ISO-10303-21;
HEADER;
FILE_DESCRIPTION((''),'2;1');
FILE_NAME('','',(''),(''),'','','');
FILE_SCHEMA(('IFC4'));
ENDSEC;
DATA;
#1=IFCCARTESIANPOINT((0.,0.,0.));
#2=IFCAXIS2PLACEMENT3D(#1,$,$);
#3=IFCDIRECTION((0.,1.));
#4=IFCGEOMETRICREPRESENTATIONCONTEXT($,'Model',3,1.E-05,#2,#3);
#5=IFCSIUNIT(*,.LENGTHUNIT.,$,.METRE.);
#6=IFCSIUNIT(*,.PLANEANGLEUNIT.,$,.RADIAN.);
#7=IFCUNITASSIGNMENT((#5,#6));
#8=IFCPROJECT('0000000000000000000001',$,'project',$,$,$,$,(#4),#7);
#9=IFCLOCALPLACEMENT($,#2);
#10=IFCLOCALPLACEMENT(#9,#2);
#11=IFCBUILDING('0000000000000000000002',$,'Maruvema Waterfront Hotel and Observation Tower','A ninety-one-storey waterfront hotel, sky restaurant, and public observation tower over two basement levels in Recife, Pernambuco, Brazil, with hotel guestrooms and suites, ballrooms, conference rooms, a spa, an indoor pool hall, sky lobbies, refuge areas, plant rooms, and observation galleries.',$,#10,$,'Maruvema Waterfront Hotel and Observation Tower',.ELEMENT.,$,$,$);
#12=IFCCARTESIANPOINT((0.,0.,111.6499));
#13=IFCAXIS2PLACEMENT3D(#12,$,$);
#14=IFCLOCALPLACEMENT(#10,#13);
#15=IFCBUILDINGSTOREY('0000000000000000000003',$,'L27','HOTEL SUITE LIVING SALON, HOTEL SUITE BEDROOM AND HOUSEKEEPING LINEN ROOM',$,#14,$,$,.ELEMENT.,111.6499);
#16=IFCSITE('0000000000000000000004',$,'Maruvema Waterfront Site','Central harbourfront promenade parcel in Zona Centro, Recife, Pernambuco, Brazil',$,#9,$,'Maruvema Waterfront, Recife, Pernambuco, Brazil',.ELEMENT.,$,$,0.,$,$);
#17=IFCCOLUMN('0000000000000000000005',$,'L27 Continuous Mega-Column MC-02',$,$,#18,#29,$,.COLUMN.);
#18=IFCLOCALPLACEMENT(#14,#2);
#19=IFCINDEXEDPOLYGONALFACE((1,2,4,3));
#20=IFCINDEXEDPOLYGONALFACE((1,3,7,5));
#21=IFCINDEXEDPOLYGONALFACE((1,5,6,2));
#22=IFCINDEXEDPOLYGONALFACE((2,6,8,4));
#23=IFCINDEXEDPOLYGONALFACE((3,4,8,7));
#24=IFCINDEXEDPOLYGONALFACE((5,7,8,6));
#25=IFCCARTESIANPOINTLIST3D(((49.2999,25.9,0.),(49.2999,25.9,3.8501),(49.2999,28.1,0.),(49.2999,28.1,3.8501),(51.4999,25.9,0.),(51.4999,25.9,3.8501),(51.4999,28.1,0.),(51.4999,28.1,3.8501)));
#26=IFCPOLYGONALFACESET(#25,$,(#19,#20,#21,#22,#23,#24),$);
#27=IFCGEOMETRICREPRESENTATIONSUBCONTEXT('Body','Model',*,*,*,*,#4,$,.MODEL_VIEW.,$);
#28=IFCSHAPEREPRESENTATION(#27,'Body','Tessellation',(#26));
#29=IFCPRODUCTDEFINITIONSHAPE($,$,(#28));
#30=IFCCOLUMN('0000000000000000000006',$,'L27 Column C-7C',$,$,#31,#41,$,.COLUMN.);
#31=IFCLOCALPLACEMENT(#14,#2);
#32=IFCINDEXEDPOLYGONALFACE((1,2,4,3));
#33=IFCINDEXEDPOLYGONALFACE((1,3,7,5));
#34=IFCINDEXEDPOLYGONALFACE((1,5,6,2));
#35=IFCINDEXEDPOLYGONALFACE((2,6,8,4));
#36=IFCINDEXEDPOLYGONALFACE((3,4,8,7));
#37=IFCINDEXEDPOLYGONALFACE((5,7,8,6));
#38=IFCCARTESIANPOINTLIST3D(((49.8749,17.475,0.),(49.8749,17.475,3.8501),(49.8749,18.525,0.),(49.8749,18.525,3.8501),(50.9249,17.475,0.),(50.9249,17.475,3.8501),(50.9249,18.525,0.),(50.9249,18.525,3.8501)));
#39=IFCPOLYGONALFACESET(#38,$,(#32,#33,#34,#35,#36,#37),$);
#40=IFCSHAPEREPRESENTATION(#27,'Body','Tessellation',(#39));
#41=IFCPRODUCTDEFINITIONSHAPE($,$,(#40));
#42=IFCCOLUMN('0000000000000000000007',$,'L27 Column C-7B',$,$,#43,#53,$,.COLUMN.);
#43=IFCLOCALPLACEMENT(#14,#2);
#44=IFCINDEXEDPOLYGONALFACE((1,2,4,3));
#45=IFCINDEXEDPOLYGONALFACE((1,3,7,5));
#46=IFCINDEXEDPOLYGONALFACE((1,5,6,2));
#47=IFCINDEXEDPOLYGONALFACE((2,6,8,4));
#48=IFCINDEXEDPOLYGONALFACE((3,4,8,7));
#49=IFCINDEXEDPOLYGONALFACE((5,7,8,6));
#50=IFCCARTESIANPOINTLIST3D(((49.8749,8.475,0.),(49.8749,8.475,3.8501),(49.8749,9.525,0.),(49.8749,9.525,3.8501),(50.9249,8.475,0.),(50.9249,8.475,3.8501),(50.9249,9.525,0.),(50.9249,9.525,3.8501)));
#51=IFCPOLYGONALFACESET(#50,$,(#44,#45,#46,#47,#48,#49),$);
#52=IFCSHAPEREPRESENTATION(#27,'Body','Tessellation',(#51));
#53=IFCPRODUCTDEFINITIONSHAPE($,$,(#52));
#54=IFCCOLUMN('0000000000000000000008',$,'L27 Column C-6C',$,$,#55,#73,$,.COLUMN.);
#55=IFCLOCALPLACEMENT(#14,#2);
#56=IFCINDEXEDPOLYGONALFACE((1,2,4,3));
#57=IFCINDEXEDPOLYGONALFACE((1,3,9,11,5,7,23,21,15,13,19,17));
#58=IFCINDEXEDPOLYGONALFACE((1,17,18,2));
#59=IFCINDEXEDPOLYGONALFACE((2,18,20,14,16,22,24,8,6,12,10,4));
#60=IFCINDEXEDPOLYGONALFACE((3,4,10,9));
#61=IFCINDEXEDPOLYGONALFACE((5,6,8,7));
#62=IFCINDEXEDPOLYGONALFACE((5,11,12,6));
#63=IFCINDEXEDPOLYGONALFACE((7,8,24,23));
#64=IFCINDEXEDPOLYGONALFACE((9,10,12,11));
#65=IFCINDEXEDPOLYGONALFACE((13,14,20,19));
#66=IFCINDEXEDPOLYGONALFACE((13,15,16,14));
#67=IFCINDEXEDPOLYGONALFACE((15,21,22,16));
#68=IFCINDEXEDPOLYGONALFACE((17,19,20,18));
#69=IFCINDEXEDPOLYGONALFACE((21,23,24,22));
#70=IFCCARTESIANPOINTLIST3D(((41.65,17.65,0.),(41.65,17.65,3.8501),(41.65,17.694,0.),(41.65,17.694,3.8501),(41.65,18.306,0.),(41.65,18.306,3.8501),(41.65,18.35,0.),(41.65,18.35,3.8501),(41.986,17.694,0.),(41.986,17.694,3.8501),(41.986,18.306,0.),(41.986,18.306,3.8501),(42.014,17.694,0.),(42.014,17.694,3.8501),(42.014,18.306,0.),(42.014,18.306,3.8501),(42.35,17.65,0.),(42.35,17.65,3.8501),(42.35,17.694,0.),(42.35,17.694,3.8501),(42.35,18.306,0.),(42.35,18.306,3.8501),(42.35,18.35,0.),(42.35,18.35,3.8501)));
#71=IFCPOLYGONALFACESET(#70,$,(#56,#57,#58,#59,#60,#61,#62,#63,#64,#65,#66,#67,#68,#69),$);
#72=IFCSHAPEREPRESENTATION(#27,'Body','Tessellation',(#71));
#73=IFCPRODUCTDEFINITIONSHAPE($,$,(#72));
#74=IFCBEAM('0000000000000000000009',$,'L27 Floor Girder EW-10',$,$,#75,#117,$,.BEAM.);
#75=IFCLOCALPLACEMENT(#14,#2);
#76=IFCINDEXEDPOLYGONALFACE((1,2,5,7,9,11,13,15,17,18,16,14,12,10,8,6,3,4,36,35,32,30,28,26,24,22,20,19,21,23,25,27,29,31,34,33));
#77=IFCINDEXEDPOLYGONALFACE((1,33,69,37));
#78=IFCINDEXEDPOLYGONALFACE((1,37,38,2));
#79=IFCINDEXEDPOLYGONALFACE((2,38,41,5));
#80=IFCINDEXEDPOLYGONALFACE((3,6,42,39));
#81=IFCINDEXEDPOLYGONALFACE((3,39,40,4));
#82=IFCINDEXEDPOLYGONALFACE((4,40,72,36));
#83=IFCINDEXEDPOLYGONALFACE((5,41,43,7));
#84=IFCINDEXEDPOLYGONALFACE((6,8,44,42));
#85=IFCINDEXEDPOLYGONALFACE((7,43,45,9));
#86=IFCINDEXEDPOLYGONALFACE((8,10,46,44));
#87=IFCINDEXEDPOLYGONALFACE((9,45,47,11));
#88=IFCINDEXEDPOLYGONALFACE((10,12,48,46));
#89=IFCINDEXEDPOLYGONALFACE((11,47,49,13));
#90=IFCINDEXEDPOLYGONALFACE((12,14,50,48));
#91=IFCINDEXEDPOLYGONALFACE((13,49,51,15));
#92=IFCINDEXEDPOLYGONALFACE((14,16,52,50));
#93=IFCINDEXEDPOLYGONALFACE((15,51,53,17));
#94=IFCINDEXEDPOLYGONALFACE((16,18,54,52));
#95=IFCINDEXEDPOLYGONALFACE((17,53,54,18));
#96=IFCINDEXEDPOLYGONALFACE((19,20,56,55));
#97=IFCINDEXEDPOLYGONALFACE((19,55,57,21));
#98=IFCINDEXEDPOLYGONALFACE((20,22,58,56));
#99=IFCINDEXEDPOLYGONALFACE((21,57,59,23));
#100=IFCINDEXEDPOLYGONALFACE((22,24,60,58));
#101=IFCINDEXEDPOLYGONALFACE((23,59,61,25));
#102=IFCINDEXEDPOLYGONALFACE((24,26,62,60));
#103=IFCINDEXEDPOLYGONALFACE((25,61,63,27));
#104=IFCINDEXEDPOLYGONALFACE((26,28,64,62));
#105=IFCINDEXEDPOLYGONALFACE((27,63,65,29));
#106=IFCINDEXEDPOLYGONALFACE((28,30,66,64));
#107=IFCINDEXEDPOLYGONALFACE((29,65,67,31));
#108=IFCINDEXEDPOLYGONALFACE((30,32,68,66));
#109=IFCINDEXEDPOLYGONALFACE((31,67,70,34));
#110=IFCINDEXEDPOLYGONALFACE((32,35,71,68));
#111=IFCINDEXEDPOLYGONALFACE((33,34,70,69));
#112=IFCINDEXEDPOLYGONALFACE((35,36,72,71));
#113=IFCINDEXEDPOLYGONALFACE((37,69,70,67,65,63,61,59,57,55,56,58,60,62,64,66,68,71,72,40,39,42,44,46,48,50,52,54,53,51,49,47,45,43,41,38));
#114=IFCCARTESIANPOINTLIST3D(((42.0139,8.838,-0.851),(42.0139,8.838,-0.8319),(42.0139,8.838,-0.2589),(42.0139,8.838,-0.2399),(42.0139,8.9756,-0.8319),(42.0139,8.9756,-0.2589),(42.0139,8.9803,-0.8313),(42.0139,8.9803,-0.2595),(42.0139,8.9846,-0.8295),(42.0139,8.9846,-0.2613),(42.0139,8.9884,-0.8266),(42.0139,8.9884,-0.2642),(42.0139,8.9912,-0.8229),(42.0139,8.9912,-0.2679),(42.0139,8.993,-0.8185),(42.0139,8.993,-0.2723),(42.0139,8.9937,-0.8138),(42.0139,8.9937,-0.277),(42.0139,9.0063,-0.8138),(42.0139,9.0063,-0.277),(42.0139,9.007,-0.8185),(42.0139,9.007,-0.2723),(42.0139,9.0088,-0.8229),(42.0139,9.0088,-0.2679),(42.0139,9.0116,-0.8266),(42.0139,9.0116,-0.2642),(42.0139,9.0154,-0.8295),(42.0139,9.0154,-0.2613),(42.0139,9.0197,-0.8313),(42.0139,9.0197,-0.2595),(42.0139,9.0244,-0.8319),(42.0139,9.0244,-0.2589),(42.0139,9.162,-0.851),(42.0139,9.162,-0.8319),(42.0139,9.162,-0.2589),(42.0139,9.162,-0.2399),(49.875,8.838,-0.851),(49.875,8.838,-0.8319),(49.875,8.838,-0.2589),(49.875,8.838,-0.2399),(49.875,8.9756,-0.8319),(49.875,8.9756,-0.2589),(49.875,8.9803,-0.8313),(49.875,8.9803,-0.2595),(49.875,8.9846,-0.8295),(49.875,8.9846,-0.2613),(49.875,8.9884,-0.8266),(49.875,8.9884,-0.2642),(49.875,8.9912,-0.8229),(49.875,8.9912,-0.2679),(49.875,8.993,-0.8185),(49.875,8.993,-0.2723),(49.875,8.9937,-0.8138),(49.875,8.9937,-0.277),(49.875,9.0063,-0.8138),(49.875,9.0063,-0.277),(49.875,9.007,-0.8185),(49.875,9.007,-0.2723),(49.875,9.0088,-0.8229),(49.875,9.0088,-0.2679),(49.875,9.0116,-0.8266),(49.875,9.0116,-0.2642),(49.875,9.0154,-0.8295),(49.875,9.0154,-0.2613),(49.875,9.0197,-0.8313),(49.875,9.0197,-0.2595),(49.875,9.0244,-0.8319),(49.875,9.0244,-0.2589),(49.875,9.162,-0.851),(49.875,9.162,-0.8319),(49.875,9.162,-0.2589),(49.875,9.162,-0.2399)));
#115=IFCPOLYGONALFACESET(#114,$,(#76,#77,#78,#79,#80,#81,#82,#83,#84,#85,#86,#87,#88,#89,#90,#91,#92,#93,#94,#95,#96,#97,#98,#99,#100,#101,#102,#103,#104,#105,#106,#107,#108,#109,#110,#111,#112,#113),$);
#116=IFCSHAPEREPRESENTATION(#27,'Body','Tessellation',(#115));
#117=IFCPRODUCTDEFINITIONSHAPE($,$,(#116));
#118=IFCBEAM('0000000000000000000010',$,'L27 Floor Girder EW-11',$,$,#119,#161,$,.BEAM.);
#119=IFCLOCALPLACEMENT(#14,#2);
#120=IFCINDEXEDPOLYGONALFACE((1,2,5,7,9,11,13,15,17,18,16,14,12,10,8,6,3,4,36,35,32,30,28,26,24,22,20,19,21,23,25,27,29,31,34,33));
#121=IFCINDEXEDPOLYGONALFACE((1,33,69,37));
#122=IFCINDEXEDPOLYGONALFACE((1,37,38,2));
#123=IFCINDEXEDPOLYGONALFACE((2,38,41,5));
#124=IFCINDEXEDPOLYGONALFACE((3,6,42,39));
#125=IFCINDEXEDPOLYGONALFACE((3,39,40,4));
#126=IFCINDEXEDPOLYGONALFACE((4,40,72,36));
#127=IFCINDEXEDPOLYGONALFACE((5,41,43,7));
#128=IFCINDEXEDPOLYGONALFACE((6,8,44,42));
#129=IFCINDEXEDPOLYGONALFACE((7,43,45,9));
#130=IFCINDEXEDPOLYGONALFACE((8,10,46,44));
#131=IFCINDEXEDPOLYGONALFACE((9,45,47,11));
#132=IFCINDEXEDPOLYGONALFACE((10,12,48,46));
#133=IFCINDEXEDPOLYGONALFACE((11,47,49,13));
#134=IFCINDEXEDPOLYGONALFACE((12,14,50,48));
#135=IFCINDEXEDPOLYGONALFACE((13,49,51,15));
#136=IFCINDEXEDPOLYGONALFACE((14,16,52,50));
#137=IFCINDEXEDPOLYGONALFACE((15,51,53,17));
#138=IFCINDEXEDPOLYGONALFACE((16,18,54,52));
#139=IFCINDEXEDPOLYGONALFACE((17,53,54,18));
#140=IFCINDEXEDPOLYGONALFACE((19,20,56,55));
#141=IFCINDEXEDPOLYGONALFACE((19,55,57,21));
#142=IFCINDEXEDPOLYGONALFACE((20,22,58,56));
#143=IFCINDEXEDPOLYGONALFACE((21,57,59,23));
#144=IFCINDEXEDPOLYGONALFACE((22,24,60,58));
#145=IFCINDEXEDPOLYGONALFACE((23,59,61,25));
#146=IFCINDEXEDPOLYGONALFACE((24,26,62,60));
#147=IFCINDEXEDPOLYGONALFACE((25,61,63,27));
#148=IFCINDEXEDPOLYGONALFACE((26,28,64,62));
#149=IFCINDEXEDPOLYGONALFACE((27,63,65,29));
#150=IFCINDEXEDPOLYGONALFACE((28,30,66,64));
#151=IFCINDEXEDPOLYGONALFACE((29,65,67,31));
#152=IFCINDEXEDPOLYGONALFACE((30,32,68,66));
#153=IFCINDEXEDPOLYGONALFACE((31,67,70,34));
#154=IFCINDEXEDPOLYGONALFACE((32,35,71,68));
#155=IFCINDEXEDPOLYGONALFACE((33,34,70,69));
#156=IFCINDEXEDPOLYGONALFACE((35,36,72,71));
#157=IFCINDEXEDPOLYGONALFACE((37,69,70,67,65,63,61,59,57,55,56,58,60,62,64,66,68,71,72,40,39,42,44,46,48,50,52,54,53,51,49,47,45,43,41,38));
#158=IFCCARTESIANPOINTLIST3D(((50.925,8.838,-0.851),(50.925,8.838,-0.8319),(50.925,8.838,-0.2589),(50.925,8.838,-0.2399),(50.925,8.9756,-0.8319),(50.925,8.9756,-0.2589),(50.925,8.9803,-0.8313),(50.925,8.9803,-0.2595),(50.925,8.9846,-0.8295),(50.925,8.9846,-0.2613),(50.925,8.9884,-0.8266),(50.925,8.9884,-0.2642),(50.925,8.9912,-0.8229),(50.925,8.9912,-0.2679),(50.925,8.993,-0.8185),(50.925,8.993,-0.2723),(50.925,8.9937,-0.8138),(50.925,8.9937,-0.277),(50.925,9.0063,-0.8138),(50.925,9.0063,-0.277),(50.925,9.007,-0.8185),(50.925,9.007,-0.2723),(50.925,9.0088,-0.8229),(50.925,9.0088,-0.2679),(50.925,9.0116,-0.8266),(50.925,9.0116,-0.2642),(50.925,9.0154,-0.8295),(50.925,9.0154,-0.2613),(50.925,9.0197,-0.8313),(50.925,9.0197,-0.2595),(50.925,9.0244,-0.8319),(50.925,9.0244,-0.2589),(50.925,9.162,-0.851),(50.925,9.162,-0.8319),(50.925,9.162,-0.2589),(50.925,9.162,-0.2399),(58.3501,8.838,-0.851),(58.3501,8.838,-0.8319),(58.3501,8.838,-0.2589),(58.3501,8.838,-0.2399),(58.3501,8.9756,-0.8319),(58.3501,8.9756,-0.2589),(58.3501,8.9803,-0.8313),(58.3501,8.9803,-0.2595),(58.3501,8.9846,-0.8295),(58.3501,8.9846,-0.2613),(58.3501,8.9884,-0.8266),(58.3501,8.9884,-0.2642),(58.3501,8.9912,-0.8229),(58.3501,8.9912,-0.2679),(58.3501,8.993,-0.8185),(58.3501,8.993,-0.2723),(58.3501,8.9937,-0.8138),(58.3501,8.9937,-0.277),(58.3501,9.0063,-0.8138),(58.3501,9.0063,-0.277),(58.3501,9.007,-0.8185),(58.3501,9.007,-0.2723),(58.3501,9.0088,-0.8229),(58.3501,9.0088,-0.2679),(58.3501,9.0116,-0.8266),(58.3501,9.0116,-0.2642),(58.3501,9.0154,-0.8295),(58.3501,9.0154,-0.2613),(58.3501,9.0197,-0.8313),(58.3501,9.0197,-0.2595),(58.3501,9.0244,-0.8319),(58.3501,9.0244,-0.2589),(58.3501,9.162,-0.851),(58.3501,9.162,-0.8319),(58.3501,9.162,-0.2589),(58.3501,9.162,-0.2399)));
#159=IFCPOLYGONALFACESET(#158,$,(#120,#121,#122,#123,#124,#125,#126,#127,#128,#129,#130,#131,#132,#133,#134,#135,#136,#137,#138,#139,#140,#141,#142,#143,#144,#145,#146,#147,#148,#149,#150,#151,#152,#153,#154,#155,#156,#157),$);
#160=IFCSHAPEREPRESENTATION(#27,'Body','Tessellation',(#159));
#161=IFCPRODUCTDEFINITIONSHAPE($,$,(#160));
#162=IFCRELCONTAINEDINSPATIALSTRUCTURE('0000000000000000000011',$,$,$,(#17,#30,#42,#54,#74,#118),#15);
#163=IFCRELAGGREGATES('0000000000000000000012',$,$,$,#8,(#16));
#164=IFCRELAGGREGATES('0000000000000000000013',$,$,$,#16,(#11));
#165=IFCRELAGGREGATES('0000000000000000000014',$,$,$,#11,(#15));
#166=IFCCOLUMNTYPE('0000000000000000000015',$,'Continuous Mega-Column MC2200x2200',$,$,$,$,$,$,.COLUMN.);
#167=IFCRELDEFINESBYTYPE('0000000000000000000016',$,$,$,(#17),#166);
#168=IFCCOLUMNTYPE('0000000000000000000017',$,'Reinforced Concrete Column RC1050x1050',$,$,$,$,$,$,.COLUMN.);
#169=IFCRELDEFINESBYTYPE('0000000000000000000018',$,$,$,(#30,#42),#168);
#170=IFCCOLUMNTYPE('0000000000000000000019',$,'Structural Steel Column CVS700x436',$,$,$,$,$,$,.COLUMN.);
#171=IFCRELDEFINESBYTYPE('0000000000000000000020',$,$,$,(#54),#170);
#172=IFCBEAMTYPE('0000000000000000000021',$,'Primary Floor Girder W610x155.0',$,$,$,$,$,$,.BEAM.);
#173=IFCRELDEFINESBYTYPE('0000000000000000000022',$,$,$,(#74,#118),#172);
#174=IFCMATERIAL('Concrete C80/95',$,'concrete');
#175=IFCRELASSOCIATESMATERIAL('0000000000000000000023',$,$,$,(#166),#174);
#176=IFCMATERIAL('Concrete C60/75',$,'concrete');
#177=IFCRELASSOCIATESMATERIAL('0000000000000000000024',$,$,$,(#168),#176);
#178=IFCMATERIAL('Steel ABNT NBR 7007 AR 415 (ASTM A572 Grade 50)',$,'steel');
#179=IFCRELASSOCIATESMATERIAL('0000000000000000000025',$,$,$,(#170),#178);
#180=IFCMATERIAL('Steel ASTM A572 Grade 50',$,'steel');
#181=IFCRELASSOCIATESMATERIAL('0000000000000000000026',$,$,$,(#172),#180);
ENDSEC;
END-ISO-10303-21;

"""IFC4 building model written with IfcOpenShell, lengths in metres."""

from ifc_helpers import new_model, si_unit, direction, frame, origin, origin_2d, place, context, subcontext, project, spatial, rectangle, i_section, extrude, material, material_profile, profile_set, type_object, element, save


model = new_model("IFC4")

# Units and contexts
model_context = context("Model", 3, precision=1e-05, world=origin(), true_north=direction((0.0, 1.0)))
body_context = subcontext(model_context, "Body", "Model", "MODEL_VIEW")
ifc_project = project(units=[si_unit("LENGTHUNIT", "METRE"), si_unit("PLANEANGLEUNIT", "RADIAN")], contexts=[model_context])

# Site, building, storey
site_placement = place(None, origin())
site = spatial("IfcSite", under=ifc_project, at=site_placement, Name="Maruvema Waterfront Site", Description="Central harbourfront promenade parcel in Zona Centro, Recife, Pernambuco, Brazil", LongName="Maruvema Waterfront, Recife, Pernambuco, Brazil", CompositionType="ELEMENT", RefElevation=0.0)
building_placement = place(site_placement, origin())
building = spatial("IfcBuilding", under=site, at=building_placement, Name="Maruvema Waterfront Hotel and Observation Tower", Description="A ninety-one-storey waterfront hotel, sky restaurant, and public observation tower over two basement levels in Recife, Pernambuco, Brazil, with hotel guestrooms and suites, ballrooms, conference rooms, a spa, an indoor pool hall, sky lobbies, refuge areas, plant rooms, and observation galleries.", LongName="Maruvema Waterfront Hotel and Observation Tower", CompositionType="ELEMENT")
storey_placement = place(building_placement, frame((0.0, 0.0, 111.6499)))
storey = spatial("IfcBuildingStorey", under=building, at=storey_placement, Name="L27", Description="HOTEL SUITE LIVING SALON, HOTEL SUITE BEDROOM AND HOUSEKEEPING LINEN ROOM", CompositionType="ELEMENT", Elevation=111.6499)

# Columns
ifc_material_1 = material(Name="Concrete C80/95", Category="concrete")
ifc_material_profile_1 = material_profile(ifc_material_1, rectangle(XDim=2.2, YDim=2.2, at=origin_2d()), Name="MC2200x2200")
ifc_profile_set_1 = profile_set([ifc_material_profile_1], Name="Concrete C80/95")
column_type_1 = type_object("IfcColumnType", Name="Continuous Mega-Column MC2200x2200", PredefinedType="COLUMN", material=ifc_profile_set_1)
column_1_placement = place(storey_placement, frame((50.3999, 27.0, 0.0), z_axis=(0.0, 0.0, 1.0), x_axis=(1.0, 0.0, 0.0)))
element("IfcColumn", 1, at=column_1_placement, inside=storey, type_object=column_type_1, Name="L27 Continuous Mega-Column MC-02", PredefinedType="COLUMN", context=body_context, shape_type="SweptSolid", body=[
    extrude(rectangle(XDim=2.2, YDim=2.2, at=origin_2d()), origin(), (0.0, 0.0, 1.0), 3.8501),
])
ifc_material_2 = material(Name="Concrete C60/75", Category="concrete")
ifc_material_profile_2 = material_profile(ifc_material_2, rectangle(XDim=1.05, YDim=1.05, at=origin_2d()), Name="RC1050x1050")
ifc_profile_set_2 = profile_set([ifc_material_profile_2], Name="Concrete C60/75")
column_type_2 = type_object("IfcColumnType", Name="Reinforced Concrete Column RC1050x1050", PredefinedType="COLUMN", material=ifc_profile_set_2)
for number, where, z_axis, x_axis, name in (
    (2, (50.3999, 18.0, 0.0), (0.0, 0.0, 1.0), (1.0, 0.0, 0.0), "L27 Column C-7C"),
    (3, (50.3999, 9.0, 0.0), (0.0, 0.0, 1.0), (1.0, 0.0, 0.0), "L27 Column C-7B"),
):
    element("IfcColumn", number, at=place(storey_placement, frame(where, z_axis=z_axis, x_axis=x_axis)), inside=storey, type_object=column_type_2, Name=name, PredefinedType="COLUMN", context=body_context, shape_type="SweptSolid", body=[
        extrude(rectangle(XDim=1.05, YDim=1.05, at=origin_2d()), origin(), (0.0, 0.0, 1.0), 3.8501),
    ])
ifc_material_3 = material(Name="Steel ABNT NBR 7007 AR 415 (ASTM A572 Grade 50)", Category="steel")
ifc_material_profile_3 = material_profile(ifc_material_3, i_section(OverallWidth=0.7, OverallDepth=0.7, WebThickness=0.0281, FlangeThickness=0.0439, at=origin_2d()), Name="CVS700x436")
ifc_profile_set_3 = profile_set([ifc_material_profile_3], Name="Steel ABNT NBR 7007 AR 415 (ASTM A572 Grade 50)")
column_type_3 = type_object("IfcColumnType", Name="Structural Steel Column CVS700x436", PredefinedType="COLUMN", material=ifc_profile_set_3)
column_2_placement = place(storey_placement, frame((42.0, 18.0, 0.0), z_axis=(0.0, 0.0, 1.0), x_axis=(1.0, 0.0, 0.0)))
element("IfcColumn", 4, at=column_2_placement, inside=storey, type_object=column_type_3, Name="L27 Column C-6C", PredefinedType="COLUMN", context=body_context, shape_type="SweptSolid", body=[
    extrude(i_section(OverallWidth=0.7, OverallDepth=0.7, WebThickness=0.0281, FlangeThickness=0.0439, at=origin_2d()), origin(), (0.0, 0.0, 1.0), 3.8501),
])

# Beams
ifc_material_4 = material(Name="Steel ASTM A572 Grade 50", Category="steel")
ifc_material_profile_4 = material_profile(ifc_material_4, i_section(OverallWidth=0.324, OverallDepth=0.6111, WebThickness=0.0127, FlangeThickness=0.019, FilletRadius=0.0181, at=origin_2d()), Name="W610x155.0")
ifc_profile_set_4 = profile_set([ifc_material_profile_4], Name="Steel ASTM A572 Grade 50")
beam_type_1 = type_object("IfcBeamType", Name="Primary Floor Girder W610x155.0", PredefinedType="BEAM", material=ifc_profile_set_4)
beam_1_placement = place(storey_placement, frame((42.0139, 9.0, -0.5454), z_axis=(1.0, 0.0, 0.0), x_axis=(0.0, 1.0, 0.0)))
element("IfcBeam", 5, at=beam_1_placement, inside=storey, type_object=beam_type_1, Name="L27 Floor Girder EW-10", PredefinedType="BEAM", context=body_context, shape_type="SweptSolid", body=[
    extrude(i_section(OverallWidth=0.324, OverallDepth=0.6111, WebThickness=0.0127, FlangeThickness=0.019, FilletRadius=0.0181, at=origin_2d()), origin(), (0.0, 0.0, 1.0), 7.8611),
])
beam_2_placement = place(storey_placement, frame((50.925, 9.0, -0.5454), z_axis=(1.0, 0.0, 0.0), x_axis=(0.0, 1.0, 0.0)))
element("IfcBeam", 6, at=beam_2_placement, inside=storey, type_object=beam_type_1, Name="L27 Floor Girder EW-11", PredefinedType="BEAM", context=body_context, shape_type="SweptSolid", body=[
    extrude(i_section(OverallWidth=0.324, OverallDepth=0.6111, WebThickness=0.0127, FlangeThickness=0.019, FilletRadius=0.0181, at=origin_2d()), origin(), (0.0, 0.0, 1.0), 7.425),
])

save(model, "model.ifc")
